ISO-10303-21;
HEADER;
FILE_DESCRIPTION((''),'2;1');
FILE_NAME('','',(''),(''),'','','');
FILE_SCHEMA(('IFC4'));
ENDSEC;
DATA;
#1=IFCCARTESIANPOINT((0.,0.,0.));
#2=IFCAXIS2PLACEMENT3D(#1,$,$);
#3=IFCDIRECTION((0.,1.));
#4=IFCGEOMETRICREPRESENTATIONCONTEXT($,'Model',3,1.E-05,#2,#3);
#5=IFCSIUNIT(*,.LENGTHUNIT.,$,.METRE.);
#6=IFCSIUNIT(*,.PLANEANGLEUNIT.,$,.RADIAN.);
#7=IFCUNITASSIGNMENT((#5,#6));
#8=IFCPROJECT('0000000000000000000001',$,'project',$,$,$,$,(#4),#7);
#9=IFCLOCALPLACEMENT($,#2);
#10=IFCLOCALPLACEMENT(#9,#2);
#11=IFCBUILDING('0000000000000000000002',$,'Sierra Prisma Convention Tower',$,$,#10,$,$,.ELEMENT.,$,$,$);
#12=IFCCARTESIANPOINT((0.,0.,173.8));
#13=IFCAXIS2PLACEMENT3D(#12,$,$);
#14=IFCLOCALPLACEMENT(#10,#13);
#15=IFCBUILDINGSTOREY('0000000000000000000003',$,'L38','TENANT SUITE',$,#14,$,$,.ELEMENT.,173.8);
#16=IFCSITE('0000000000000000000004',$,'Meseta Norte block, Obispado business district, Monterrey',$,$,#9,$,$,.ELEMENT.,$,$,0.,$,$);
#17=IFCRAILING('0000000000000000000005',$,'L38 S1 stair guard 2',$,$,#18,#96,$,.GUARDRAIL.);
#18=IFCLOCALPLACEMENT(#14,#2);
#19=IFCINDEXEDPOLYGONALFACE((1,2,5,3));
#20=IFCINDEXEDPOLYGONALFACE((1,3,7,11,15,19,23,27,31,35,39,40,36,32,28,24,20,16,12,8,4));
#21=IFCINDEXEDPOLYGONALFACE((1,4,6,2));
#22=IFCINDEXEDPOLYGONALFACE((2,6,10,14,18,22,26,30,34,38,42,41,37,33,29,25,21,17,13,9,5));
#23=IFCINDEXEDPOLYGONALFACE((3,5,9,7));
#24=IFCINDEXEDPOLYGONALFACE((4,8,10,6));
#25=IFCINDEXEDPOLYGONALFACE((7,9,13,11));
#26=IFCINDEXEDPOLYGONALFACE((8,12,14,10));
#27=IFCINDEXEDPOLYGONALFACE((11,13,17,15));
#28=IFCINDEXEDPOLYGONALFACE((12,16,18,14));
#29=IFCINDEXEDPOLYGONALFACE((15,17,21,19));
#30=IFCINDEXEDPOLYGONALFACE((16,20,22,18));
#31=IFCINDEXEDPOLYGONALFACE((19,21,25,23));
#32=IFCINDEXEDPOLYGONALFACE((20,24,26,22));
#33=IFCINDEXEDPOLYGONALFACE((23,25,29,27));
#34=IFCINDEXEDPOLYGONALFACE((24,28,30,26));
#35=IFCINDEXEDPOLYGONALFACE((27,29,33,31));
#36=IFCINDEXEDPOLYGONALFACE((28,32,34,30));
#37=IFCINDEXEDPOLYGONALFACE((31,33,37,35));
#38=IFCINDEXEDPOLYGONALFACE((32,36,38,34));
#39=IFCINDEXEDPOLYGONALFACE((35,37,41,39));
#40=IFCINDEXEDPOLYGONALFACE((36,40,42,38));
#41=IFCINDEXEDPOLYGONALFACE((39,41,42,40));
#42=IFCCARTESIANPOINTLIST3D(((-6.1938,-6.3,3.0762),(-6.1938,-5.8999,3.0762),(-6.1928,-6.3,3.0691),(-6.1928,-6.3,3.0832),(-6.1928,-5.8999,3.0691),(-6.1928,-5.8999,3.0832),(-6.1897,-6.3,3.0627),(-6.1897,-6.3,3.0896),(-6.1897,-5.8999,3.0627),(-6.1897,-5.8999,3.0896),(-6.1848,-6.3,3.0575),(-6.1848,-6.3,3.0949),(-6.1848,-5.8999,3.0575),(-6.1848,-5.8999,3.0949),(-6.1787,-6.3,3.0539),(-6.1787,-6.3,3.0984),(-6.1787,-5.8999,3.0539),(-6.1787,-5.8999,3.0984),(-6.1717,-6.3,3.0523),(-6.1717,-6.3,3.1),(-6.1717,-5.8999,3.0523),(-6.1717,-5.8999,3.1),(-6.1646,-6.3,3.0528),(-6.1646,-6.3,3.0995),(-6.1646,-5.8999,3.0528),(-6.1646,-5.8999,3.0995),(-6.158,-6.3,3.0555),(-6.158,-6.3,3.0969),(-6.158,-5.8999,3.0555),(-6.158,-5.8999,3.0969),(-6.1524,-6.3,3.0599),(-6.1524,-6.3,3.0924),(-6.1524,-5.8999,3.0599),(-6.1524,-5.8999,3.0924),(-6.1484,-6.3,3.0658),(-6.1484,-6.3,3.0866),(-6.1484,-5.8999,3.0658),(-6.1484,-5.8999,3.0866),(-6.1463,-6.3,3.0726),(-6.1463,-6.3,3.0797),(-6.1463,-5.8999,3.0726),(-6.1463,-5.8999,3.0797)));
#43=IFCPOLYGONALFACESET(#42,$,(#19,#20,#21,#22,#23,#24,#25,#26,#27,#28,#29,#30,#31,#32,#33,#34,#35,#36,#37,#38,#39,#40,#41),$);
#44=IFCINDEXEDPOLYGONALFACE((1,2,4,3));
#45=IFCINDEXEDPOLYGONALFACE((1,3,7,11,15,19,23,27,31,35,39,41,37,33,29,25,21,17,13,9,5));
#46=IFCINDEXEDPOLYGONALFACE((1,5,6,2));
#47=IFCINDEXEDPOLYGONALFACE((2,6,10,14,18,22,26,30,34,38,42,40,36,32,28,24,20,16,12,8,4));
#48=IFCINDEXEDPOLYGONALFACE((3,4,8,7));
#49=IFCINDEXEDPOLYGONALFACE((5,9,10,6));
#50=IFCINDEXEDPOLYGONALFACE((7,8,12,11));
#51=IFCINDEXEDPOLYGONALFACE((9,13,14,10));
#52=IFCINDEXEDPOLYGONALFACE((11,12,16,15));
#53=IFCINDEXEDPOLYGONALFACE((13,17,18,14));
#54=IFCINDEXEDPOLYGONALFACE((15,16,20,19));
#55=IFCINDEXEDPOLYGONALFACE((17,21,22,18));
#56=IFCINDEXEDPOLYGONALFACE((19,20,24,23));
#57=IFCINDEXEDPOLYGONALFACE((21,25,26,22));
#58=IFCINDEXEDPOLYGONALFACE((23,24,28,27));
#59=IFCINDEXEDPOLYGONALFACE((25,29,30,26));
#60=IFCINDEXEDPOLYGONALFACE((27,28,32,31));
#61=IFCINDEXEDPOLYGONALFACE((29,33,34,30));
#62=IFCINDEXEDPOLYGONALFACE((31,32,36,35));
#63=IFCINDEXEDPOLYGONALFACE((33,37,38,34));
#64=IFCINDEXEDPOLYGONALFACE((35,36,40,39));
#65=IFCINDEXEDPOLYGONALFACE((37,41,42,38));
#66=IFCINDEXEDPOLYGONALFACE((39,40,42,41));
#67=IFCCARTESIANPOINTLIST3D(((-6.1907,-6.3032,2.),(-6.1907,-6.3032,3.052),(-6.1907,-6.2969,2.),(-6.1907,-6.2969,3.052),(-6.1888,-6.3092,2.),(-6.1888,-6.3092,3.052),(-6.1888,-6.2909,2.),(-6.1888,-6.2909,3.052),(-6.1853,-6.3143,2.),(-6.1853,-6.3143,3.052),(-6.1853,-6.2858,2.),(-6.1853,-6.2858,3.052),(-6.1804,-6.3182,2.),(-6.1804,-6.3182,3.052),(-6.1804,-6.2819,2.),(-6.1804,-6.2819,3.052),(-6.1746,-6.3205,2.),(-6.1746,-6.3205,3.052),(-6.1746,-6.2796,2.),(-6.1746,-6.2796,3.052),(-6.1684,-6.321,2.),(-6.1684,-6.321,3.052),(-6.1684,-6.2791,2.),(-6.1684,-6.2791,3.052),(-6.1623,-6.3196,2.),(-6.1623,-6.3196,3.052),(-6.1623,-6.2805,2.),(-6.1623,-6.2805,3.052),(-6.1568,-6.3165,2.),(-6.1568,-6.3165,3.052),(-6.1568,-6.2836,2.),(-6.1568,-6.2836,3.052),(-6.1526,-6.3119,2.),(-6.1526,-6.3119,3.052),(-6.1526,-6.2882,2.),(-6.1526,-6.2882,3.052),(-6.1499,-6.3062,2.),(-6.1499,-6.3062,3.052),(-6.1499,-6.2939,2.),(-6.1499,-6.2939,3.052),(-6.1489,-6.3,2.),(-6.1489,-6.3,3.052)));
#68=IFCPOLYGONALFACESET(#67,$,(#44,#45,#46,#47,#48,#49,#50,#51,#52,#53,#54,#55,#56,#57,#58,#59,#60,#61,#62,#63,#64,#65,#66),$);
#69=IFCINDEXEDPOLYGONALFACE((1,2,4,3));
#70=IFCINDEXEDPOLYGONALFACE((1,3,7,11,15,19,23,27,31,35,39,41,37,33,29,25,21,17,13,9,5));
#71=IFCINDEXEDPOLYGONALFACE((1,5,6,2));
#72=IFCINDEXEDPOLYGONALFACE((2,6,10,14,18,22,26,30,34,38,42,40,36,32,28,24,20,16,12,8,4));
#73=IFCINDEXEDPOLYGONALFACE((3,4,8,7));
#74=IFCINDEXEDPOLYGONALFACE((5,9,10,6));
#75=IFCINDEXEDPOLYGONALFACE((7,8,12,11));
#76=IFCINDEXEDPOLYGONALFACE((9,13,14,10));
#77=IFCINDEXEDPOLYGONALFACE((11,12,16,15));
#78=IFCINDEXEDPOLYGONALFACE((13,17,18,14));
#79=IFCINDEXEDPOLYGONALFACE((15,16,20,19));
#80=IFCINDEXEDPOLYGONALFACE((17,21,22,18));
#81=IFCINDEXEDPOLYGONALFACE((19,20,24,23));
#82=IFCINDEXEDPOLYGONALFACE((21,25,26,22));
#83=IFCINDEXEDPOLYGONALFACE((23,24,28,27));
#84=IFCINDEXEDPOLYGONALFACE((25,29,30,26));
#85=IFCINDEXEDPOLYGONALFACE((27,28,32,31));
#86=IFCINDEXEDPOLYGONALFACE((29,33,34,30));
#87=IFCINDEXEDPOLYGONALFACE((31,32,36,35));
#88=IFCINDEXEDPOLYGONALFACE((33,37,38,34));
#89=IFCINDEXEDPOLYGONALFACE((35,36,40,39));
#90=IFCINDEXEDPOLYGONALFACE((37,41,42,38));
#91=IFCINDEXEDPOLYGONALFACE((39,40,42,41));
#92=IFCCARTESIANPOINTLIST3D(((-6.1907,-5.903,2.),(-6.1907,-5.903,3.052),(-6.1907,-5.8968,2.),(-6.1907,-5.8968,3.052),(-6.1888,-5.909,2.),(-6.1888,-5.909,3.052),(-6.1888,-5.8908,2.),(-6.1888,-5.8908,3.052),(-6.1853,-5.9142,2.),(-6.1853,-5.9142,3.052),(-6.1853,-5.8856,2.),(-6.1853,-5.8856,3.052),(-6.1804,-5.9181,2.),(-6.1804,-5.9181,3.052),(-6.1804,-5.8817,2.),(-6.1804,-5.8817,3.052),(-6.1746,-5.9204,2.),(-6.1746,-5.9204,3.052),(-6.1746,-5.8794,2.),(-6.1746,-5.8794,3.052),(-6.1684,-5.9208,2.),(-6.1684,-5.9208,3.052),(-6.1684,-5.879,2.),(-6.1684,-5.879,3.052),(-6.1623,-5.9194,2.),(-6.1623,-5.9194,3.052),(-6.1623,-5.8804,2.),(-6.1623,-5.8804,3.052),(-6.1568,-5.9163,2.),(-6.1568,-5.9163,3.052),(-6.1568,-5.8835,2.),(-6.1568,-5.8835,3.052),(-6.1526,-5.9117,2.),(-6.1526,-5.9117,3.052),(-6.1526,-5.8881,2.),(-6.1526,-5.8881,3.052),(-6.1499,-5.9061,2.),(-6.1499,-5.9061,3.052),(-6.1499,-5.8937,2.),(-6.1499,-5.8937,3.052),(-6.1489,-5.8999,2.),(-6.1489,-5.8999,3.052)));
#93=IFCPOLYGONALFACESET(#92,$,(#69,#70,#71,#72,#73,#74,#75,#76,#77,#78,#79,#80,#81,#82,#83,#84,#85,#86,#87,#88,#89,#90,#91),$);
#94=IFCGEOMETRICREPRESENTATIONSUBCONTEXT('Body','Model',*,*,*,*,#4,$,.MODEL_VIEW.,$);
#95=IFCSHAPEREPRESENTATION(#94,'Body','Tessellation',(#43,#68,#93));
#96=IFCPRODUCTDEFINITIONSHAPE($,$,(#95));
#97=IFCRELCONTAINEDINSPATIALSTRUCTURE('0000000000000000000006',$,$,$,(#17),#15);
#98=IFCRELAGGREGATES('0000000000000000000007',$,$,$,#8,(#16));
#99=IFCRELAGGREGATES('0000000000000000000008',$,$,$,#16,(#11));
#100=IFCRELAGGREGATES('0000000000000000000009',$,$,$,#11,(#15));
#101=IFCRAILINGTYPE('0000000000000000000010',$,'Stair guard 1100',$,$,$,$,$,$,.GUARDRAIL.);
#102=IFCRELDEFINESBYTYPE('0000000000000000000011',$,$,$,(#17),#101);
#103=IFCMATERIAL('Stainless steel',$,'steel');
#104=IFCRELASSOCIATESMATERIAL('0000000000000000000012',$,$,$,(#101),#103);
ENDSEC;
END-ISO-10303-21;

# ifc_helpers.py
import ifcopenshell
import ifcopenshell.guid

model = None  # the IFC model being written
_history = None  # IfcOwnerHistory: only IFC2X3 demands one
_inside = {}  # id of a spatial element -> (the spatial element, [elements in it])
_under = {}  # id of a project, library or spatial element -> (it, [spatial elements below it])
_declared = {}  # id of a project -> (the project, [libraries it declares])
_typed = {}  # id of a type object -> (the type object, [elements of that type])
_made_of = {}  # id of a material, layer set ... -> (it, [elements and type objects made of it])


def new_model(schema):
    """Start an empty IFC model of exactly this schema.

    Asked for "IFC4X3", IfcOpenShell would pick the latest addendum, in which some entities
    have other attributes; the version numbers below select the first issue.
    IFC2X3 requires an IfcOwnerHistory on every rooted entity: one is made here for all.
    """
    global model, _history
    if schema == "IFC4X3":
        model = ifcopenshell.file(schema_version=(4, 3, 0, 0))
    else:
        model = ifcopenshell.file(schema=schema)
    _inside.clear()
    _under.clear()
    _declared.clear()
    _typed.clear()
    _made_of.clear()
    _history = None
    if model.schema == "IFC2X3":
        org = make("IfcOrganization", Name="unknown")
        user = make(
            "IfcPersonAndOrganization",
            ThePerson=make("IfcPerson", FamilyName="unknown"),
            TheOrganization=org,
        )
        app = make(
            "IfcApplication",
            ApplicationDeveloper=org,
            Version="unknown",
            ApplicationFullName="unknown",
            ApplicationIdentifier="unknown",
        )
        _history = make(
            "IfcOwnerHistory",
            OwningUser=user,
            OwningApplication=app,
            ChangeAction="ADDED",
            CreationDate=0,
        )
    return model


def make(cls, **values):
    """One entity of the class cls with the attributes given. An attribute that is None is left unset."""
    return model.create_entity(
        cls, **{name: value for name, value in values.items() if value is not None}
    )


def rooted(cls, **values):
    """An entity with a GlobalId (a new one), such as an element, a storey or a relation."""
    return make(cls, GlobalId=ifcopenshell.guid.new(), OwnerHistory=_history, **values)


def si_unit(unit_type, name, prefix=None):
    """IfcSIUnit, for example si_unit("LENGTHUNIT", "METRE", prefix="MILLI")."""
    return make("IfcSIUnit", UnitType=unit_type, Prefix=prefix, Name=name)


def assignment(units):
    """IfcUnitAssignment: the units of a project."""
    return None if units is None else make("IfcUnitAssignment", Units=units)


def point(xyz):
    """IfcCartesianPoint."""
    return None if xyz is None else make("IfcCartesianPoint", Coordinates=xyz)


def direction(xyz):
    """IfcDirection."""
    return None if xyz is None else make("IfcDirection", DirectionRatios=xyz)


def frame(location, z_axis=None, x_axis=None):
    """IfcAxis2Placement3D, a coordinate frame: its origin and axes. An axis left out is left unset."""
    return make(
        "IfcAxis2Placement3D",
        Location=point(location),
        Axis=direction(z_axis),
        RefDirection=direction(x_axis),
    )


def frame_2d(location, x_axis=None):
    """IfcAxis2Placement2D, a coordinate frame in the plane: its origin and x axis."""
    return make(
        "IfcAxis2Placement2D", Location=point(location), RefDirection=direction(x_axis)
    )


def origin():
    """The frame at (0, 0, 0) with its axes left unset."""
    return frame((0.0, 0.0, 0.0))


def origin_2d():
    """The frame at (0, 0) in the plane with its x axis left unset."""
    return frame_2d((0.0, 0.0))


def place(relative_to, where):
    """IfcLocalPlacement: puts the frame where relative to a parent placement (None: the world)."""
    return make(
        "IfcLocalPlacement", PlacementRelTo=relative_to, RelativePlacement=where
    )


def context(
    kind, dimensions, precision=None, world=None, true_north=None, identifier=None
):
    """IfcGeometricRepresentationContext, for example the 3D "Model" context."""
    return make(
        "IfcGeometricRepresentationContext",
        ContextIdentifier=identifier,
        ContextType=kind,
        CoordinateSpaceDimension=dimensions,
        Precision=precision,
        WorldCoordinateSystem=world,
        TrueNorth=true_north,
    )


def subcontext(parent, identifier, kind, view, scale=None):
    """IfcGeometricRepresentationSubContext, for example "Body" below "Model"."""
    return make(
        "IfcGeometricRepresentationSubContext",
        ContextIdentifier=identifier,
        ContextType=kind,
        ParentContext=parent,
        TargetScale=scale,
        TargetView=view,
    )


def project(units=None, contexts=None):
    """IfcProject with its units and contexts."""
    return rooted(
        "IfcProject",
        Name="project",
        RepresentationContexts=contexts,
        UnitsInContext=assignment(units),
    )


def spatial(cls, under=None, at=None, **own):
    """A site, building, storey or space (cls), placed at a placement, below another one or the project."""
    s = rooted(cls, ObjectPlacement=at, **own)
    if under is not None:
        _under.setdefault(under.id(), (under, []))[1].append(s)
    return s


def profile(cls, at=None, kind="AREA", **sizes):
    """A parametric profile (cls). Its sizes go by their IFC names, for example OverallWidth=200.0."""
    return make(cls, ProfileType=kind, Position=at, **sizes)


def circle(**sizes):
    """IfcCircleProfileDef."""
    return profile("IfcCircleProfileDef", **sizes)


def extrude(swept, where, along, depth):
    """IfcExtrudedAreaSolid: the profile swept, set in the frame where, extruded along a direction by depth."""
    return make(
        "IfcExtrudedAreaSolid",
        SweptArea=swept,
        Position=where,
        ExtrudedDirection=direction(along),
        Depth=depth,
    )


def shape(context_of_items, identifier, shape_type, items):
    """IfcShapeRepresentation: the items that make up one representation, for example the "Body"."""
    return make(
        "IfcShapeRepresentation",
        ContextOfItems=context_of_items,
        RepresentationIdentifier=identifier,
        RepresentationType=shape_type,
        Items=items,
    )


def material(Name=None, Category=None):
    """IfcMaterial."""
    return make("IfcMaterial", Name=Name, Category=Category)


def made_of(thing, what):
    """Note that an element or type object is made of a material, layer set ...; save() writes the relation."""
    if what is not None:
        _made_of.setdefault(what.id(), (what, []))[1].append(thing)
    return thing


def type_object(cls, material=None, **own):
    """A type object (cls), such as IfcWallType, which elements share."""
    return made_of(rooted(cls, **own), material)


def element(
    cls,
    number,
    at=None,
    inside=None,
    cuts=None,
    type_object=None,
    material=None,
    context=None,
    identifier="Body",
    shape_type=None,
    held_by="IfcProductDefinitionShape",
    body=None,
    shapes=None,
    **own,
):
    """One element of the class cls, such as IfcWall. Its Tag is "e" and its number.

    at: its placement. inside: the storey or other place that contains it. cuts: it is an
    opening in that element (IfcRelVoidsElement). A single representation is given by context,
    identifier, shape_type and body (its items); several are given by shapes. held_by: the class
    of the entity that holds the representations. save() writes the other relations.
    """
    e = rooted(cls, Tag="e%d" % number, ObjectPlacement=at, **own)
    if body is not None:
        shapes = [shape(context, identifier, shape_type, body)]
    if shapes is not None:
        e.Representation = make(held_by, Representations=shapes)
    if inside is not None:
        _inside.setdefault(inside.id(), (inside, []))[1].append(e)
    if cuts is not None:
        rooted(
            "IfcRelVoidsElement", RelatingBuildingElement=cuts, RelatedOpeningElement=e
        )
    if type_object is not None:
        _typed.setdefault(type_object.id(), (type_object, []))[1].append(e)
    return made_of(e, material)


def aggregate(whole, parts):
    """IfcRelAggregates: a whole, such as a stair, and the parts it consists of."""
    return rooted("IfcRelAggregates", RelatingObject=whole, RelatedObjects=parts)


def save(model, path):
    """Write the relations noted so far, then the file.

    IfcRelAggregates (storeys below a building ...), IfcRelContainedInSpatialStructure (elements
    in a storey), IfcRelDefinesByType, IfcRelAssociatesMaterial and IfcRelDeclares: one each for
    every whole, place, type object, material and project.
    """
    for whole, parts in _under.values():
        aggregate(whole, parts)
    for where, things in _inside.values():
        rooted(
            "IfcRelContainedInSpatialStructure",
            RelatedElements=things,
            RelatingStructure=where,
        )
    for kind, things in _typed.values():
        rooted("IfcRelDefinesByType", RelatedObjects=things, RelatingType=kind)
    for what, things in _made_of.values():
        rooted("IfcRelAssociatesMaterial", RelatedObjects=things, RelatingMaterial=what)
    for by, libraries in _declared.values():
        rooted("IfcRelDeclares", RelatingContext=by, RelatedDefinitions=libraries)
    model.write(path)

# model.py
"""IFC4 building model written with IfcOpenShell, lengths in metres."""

from ifc_helpers import new_model, si_unit, direction, frame, origin, origin_2d, place, context, subcontext, project, spatial, circle, extrude, material, type_object, element, save


model = new_model("IFC4")

# Units and contexts
model_context = context("Model", 3, precision=1e-05, world=origin(), true_north=direction((0.0, 1.0)))
body_context = subcontext(model_context, "Body", "Model", "MODEL_VIEW")
ifc_project = project(units=[si_unit("LENGTHUNIT", "METRE"), si_unit("PLANEANGLEUNIT", "RADIAN")], contexts=[model_context])

# Site, building, storey
site_placement = place(None, origin())
site = spatial("IfcSite", under=ifc_project, at=site_placement, Name="Meseta Norte block, Obispado business district, Monterrey", CompositionType="ELEMENT", RefElevation=0.0)
building_placement = place(site_placement, origin())
building = spatial("IfcBuilding", under=site, at=building_placement, Name="Sierra Prisma Convention Tower", CompositionType="ELEMENT")
storey_placement = place(building_placement, frame((0.0, 0.0, 173.8)))
storey = spatial("IfcBuildingStorey", under=building, at=storey_placement, Name="L38", Description="TENANT SUITE", CompositionType="ELEMENT", Elevation=173.8)

# Railing
ifc_material_1 = material(Name="Stainless steel", Category="steel")
railing_type_1 = type_object("IfcRailingType", Name="Stair guard 1100", PredefinedType="GUARDRAIL", material=ifc_material_1)
railing_1_placement = place(storey_placement, frame((-6.1699, -6.3, 2.0)))
element("IfcRailing", 1, at=railing_1_placement, inside=storey, type_object=railing_type_1, Name="L38 S1 stair guard 2", PredefinedType="GUARDRAIL", context=body_context, shape_type="SweptSolid", body=[
    extrude(circle(Radius=0.0239, at=origin_2d()), frame((0.0, 0.0, 1.0762), z_axis=(0.0, 1.0, 0.0), x_axis=(-1.0, 0.0, 0.0)), (0.0, 0.0, 1.0), 0.4001),
    extrude(circle(Radius=0.021, at=origin_2d()), origin(), (0.0, 0.0, 1.0), 1.052),
    extrude(circle(Radius=0.021, at=origin_2d()), frame((0.0, 0.4001, 0.0)), (0.0, 0.0, 1.0), 1.052),
])

save(model, "model.ifc")
